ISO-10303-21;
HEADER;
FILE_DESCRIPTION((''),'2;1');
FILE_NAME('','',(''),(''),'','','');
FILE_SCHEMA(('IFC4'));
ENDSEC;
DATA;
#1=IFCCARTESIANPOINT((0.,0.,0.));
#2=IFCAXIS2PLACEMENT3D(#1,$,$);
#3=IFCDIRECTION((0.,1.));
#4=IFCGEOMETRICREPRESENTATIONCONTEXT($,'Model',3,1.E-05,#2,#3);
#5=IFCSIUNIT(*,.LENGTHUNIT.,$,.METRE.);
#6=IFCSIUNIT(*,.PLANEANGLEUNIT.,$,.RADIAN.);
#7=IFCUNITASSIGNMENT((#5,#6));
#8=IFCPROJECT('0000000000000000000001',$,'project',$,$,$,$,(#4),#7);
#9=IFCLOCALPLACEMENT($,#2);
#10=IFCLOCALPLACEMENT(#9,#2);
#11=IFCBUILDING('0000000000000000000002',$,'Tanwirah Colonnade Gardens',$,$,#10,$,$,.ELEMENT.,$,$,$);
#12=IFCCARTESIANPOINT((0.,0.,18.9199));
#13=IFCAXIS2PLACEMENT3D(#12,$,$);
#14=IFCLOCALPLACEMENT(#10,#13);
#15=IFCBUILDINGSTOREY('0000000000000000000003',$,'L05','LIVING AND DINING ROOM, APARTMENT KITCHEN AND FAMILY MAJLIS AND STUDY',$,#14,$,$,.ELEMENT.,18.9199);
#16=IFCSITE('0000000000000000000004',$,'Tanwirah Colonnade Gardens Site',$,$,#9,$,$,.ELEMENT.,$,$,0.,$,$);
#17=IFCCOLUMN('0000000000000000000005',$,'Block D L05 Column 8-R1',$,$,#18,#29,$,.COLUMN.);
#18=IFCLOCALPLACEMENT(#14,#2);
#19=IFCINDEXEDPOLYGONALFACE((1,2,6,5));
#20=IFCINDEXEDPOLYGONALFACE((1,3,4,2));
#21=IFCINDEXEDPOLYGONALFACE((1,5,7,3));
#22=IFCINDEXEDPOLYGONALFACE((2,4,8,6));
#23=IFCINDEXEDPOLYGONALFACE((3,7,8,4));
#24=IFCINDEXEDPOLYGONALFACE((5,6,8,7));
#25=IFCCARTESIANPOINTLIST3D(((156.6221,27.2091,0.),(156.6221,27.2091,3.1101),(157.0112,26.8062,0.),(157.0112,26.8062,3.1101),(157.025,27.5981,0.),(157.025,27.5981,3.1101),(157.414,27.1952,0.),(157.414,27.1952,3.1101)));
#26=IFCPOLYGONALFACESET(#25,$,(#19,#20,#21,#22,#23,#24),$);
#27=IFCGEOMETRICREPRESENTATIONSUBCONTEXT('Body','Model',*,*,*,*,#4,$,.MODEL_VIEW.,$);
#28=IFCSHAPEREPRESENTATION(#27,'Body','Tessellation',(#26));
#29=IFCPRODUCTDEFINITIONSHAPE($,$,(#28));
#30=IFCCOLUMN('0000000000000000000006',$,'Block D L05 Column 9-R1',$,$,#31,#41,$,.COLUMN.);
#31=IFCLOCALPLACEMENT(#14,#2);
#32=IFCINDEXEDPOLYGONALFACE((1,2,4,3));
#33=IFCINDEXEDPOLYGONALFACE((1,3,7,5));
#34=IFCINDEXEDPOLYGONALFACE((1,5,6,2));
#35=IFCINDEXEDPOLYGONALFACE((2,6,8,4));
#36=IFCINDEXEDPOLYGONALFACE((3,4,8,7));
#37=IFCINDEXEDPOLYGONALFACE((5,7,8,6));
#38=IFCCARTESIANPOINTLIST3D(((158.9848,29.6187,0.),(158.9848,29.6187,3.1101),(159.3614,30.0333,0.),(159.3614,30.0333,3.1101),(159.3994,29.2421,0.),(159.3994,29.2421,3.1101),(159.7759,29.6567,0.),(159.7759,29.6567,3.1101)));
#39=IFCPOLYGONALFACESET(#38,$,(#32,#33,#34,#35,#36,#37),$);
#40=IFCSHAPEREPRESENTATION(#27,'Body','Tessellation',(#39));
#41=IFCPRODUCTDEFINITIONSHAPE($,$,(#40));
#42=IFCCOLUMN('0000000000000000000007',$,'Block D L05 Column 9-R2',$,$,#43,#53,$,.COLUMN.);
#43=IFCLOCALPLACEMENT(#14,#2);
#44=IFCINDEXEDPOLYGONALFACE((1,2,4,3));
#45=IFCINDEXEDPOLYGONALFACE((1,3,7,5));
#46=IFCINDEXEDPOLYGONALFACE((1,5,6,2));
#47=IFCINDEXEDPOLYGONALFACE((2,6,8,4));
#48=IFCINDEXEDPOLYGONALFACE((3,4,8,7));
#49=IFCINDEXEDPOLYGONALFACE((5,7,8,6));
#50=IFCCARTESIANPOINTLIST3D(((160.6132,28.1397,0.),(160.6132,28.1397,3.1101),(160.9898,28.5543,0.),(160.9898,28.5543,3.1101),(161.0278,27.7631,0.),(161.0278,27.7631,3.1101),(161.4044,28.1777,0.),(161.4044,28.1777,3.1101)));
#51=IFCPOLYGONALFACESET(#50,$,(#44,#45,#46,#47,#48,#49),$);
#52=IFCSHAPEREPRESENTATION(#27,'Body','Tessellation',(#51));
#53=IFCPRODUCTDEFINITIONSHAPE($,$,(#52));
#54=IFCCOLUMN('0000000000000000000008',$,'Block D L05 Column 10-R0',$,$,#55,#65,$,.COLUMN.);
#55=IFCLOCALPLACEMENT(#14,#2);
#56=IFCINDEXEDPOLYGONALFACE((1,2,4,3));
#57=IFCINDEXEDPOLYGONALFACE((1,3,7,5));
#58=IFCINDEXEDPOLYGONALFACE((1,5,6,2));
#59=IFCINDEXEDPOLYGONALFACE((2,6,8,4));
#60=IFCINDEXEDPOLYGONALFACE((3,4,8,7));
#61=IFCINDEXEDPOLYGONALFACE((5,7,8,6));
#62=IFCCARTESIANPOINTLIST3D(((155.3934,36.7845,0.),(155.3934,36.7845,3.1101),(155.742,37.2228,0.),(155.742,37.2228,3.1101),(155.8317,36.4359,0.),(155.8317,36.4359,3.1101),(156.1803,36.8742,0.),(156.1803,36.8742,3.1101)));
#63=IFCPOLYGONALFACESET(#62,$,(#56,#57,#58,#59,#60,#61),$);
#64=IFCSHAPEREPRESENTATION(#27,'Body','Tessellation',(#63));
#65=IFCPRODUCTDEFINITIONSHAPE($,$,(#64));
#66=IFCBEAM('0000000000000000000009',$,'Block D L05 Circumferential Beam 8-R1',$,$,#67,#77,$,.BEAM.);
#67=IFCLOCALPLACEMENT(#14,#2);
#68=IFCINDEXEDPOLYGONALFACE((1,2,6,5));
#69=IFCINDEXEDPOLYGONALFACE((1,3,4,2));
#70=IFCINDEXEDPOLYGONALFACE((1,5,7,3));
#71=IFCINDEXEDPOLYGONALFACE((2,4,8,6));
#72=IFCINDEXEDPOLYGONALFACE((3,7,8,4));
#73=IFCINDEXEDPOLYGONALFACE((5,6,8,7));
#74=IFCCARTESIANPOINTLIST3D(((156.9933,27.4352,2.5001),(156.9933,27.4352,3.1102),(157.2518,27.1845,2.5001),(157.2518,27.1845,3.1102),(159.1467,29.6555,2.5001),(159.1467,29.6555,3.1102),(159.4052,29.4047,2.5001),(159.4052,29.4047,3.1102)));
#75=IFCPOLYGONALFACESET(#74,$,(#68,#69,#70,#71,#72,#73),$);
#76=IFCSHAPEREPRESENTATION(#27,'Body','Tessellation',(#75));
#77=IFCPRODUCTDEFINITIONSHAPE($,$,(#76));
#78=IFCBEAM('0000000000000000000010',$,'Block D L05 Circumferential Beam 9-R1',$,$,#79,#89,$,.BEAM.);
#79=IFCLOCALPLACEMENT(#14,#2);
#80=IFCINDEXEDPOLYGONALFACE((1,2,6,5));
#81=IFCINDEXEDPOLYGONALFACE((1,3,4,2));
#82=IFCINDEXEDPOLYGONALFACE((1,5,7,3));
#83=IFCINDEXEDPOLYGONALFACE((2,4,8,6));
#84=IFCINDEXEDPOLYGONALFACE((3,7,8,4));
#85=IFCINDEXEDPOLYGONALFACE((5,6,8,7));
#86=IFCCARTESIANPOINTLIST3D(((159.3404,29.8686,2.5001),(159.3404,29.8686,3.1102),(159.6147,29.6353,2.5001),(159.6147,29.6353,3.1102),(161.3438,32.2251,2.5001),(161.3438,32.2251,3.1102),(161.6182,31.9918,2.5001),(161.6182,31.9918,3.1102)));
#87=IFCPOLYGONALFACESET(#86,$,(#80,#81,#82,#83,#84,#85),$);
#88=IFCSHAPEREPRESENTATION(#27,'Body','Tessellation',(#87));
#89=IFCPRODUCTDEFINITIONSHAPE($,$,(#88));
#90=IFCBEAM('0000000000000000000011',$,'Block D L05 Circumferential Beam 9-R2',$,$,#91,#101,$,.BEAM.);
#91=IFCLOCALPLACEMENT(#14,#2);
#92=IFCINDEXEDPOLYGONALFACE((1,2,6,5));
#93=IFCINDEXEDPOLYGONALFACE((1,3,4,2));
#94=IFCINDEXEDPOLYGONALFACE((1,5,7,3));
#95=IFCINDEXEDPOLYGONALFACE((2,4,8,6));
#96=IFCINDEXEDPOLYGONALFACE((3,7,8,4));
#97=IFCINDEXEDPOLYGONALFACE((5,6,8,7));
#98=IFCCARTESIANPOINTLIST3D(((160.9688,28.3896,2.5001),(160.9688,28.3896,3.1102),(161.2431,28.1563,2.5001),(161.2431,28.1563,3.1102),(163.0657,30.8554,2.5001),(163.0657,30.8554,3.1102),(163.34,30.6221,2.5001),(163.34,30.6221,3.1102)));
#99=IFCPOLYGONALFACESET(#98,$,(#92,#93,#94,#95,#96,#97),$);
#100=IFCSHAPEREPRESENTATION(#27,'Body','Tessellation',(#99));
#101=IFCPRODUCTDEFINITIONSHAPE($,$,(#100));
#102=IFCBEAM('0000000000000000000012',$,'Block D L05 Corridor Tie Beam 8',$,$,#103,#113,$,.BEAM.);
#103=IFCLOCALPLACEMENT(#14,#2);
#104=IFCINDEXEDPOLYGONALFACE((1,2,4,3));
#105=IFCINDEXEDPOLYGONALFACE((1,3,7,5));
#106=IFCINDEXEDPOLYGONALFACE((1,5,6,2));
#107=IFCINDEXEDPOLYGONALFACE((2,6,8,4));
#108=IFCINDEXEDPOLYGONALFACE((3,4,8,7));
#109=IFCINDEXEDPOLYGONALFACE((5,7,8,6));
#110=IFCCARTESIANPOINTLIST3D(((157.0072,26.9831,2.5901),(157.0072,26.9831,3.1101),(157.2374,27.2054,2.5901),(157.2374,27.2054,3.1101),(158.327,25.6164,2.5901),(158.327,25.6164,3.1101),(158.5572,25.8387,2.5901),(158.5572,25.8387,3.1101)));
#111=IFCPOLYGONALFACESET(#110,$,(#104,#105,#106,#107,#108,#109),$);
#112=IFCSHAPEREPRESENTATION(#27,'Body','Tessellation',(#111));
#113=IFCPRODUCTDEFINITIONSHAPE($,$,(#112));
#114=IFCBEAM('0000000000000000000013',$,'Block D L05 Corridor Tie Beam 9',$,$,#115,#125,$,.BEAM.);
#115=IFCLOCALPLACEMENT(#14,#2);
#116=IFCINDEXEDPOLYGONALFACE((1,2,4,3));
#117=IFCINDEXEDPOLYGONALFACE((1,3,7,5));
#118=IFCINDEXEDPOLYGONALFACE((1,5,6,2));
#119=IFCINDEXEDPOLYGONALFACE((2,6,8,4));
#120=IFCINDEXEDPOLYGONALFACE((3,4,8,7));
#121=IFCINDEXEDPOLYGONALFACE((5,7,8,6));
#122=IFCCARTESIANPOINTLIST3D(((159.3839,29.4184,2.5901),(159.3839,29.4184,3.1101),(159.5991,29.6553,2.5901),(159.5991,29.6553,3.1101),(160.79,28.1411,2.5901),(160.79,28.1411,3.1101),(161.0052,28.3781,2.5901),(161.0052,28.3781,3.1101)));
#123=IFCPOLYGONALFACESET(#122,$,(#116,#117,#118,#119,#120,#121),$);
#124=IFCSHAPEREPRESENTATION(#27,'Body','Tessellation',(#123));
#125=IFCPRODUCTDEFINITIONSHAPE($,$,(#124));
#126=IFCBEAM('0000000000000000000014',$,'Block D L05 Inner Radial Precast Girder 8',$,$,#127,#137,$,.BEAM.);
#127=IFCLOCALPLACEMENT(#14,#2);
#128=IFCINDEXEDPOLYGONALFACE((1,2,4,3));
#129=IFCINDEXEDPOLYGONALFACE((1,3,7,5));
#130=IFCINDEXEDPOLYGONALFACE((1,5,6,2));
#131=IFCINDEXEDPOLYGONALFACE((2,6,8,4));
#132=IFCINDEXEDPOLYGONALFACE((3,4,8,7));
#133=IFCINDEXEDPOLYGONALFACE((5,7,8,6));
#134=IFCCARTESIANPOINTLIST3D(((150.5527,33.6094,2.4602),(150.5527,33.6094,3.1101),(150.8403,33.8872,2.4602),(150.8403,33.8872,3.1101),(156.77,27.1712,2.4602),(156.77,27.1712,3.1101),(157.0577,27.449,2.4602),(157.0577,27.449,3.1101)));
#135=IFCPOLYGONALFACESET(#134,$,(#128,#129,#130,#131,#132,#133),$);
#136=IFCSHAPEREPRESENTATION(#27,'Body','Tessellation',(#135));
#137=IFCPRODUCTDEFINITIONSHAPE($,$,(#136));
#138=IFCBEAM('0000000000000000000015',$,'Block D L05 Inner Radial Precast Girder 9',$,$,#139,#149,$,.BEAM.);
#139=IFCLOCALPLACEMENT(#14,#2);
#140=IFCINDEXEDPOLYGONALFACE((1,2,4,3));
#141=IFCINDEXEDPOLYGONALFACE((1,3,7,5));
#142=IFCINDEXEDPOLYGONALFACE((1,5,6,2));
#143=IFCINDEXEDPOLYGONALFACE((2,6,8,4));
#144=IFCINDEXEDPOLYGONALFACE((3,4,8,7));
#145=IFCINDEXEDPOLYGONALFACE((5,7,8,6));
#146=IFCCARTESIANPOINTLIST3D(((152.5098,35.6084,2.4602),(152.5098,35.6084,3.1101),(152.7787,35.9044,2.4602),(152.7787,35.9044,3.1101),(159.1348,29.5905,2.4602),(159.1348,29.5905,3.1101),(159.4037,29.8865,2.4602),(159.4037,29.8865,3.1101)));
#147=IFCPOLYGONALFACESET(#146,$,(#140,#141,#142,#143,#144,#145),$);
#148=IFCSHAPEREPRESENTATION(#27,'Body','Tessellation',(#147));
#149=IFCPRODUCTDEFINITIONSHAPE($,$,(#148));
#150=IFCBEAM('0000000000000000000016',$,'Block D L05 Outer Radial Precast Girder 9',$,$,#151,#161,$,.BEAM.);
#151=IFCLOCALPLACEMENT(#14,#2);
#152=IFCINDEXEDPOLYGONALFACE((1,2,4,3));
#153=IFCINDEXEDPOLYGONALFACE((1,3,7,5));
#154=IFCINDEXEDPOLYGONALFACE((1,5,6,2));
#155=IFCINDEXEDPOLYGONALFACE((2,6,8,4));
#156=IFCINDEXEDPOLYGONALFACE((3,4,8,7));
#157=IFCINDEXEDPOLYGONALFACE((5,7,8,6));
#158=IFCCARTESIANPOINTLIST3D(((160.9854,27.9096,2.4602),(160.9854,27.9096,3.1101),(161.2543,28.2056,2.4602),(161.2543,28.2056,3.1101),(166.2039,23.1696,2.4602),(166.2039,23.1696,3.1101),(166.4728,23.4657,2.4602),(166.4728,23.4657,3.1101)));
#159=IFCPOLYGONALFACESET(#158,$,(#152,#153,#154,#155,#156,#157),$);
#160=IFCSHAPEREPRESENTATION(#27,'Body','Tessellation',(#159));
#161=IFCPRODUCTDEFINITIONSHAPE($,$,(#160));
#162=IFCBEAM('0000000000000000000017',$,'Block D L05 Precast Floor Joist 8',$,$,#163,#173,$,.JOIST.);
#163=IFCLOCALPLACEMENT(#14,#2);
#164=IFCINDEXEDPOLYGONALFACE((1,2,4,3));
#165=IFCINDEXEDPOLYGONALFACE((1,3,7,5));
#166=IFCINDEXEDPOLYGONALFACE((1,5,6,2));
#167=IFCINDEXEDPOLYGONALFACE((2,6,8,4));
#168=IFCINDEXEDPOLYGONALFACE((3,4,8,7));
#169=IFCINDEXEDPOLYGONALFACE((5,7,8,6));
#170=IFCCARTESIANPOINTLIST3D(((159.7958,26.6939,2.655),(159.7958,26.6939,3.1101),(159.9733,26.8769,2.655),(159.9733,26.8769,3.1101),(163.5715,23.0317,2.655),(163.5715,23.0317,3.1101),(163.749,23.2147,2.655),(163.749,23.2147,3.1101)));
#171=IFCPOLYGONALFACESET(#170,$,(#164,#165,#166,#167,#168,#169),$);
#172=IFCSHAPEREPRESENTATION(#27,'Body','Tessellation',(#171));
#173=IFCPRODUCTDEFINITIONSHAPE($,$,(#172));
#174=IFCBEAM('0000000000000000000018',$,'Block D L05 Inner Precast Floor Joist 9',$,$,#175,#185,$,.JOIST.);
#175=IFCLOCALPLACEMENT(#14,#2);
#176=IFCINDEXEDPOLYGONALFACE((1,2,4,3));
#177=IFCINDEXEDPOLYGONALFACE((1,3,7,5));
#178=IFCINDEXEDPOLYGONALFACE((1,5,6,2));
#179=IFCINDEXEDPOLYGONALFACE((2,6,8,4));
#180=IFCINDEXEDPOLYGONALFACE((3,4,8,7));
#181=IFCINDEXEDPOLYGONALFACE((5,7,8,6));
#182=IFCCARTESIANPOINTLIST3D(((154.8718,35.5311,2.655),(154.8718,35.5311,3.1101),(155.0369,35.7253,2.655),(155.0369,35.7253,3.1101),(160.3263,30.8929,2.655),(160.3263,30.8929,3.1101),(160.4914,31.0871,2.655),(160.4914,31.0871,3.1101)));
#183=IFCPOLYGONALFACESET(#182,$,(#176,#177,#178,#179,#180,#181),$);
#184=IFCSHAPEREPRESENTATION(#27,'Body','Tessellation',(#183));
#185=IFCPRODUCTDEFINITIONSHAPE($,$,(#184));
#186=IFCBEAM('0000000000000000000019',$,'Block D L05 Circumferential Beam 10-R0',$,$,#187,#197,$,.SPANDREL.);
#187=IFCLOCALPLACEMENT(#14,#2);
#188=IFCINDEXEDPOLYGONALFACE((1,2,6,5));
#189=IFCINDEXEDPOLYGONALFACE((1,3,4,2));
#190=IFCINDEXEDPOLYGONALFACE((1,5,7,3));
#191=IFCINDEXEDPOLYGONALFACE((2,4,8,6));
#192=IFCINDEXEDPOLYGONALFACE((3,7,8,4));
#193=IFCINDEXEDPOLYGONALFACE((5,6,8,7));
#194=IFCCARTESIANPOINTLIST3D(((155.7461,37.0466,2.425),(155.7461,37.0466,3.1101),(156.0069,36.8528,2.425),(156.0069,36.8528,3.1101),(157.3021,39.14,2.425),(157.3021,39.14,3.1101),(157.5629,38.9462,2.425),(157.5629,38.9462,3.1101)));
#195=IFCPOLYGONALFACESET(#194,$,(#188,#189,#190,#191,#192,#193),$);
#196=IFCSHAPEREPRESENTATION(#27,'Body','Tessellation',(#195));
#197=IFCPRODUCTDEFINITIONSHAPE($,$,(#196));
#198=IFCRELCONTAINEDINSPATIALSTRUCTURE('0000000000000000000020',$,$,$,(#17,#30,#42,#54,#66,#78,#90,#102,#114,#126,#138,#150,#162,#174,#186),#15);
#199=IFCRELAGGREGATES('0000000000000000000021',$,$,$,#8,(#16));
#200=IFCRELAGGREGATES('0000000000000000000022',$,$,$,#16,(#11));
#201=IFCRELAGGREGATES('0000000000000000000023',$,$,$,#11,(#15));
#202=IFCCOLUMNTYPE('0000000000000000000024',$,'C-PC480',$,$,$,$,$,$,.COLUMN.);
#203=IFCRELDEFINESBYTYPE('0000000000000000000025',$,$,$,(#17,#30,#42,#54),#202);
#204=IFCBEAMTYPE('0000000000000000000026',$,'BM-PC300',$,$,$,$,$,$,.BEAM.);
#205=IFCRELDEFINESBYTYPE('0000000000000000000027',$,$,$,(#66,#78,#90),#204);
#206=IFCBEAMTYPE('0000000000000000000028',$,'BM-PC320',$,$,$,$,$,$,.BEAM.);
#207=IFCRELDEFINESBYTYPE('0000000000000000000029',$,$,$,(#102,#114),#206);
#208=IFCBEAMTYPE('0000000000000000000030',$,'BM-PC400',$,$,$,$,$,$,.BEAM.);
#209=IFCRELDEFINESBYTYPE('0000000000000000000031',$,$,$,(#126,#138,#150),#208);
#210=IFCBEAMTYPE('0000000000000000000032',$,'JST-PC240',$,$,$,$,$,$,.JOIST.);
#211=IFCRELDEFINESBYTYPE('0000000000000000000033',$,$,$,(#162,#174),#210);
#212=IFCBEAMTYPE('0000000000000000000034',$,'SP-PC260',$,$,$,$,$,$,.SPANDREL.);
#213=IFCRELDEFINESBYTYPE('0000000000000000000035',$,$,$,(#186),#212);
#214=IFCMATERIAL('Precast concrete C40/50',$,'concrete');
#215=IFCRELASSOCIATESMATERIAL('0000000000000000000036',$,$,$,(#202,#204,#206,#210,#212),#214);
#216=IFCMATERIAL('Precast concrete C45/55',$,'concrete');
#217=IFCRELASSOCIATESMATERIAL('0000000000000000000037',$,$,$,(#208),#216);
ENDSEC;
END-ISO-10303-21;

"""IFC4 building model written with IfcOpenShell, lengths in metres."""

from ifc_helpers import new_model, si_unit, direction, frame, origin, origin_2d, place, context, subcontext, project, spatial, rectangle, extrude, material, material_profile, profile_set, type_object, element, save


model = new_model("IFC4")

# Units and contexts
model_context = context("Model", 3, precision=1e-05, world=origin(), true_north=direction((0.0, 1.0)))
body_context = subcontext(model_context, "Body", "Model", "MODEL_VIEW")
ifc_project = project(units=[si_unit("LENGTHUNIT", "METRE"), si_unit("PLANEANGLEUNIT", "RADIAN")], contexts=[model_context])

# Site, building, storey
site_placement = place(None, origin())
site = spatial("IfcSite", under=ifc_project, at=site_placement, Name="Tanwirah Colonnade Gardens Site", CompositionType="ELEMENT", RefElevation=0.0)
building_placement = place(site_placement, origin())
building = spatial("IfcBuilding", under=site, at=building_placement, Name="Tanwirah Colonnade Gardens", CompositionType="ELEMENT")
storey_placement = place(building_placement, frame((0.0, 0.0, 18.9199)))
storey = spatial("IfcBuildingStorey", under=building, at=storey_placement, Name="L05", Description="LIVING AND DINING ROOM, APARTMENT KITCHEN AND FAMILY MAJLIS AND STUDY", CompositionType="ELEMENT", Elevation=18.9199)

# Columns
ifc_material_1 = material(Name="Precast concrete C40/50", Category="concrete")
ifc_material_profile_1 = material_profile(ifc_material_1, rectangle(XDim=0.5601, YDim=0.5601, at=origin_2d()), Name="PC-COL 560x560")
ifc_profile_set_1 = profile_set([ifc_material_profile_1], Name="Precast concrete C40/50")
column_type = type_object("IfcColumnType", Name="C-PC480", PredefinedType="COLUMN", material=ifc_profile_set_1)
for number, where, z_axis, x_axis, name in (
    (1, (157.0181, 27.2021, 0.0), (0.0, 0.0, 1.0), (0.694658, -0.71934, 0.0), "Block D L05 Column 8-R1"),
    (2, (159.3804, 29.6377, 0.0), (0.0, 0.0, 1.0), (0.740218, -0.672367, 0.0), "Block D L05 Column 9-R1"),
    (3, (161.0088, 28.1587, 0.0), (0.0, 0.0, 1.0), (0.740218, -0.672367, 0.0), "Block D L05 Column 9-R2"),
    (4, (155.7869, 36.8293, 0.0), (0.0, 0.0, 1.0), (0.782608, -0.622515, 0.0), "Block D L05 Column 10-R0"),
):
    element("IfcColumn", number, at=place(storey_placement, frame(where, z_axis=z_axis, x_axis=x_axis)), inside=storey, type_object=column_type, Name=name, PredefinedType="COLUMN", context=body_context, shape_type="SweptSolid", body=[
        extrude(rectangle(XDim=0.5601, YDim=0.5601, at=origin_2d()), origin(), (0.0, 0.0, 1.0), 3.1101),
    ])

# Beams
ifc_material_profile_2 = material_profile(ifc_material_1, rectangle(XDim=0.3601, YDim=0.6101, at=origin_2d()), Name="PC-BM 360x610")
ifc_profile_set_2 = profile_set([ifc_material_profile_2], Name="Precast concrete C40/50")
beam_type_1 = type_object("IfcBeamType", Name="BM-PC300", PredefinedType="BEAM", material=ifc_profile_set_2)
for number, where, z_axis, x_axis, name in (
    (5, (157.1226, 27.3098, 2.8052), (0.69621, 0.717838, 0.0), (-0.717838, 0.69621, 0.0), "Block D L05 Circumferential Beam 8-R1"),
    (6, (159.4775, 29.752, 2.8052), (0.647731, 0.761869, 0.0), (-0.761869, 0.647731, 0.0), "Block D L05 Circumferential Beam 9-R1"),
):
    element("IfcBeam", number, at=place(storey_placement, frame(where, z_axis=z_axis, x_axis=x_axis)), inside=storey, type_object=beam_type_1, Name=name, PredefinedType="BEAM", context=body_context, shape_type="SweptSolid", body=[
        extrude(rectangle(XDim=0.3601, YDim=0.6101, at=origin_2d()), origin(), (0.0, 0.0, 1.0), 3.093),
    ])
beam_1_placement = place(storey_placement, frame((161.106, 28.2729, 2.8052), z_axis=(0.647824, 0.76179, 0.0), x_axis=(-0.76179, 0.647824, 0.0)))
element("IfcBeam", 7, at=beam_1_placement, inside=storey, type_object=beam_type_1, Name="Block D L05 Circumferential Beam 9-R2", PredefinedType="BEAM", context=body_context, shape_type="SweptSolid", body=[
    extrude(rectangle(XDim=0.3601, YDim=0.6101, at=origin_2d()), origin(), (0.0, 0.0, 1.0), 3.2368),
])
ifc_material_profile_3 = material_profile(ifc_material_1, rectangle(XDim=0.3201, YDim=0.52, at=origin_2d()), Name="PC-BM 320x520")
ifc_profile_set_3 = profile_set([ifc_material_profile_3], Name="Precast concrete C40/50")
beam_type_2 = type_object("IfcBeamType", Name="BM-PC320", PredefinedType="BEAM", material=ifc_profile_set_3)
beam_2_placement = place(storey_placement, frame((157.1223, 27.0942, 2.8501), z_axis=(0.694663, -0.719335, 0.0), x_axis=(0.719335, 0.694663, 0.0)))
element("IfcBeam", 8, at=beam_2_placement, inside=storey, type_object=beam_type_2, Name="Block D L05 Corridor Tie Beam 8", PredefinedType="BEAM", context=body_context, shape_type="SweptSolid", body=[
    extrude(rectangle(XDim=0.3201, YDim=0.52, at=origin_2d()), origin(), (0.0, 0.0, 1.0), 1.8999),
])
beam_3_placement = place(storey_placement, frame((159.4915, 29.5369, 2.8501), z_axis=(0.740219, -0.672366, 0.0), x_axis=(0.672366, 0.740219, 0.0)))
element("IfcBeam", 9, at=beam_3_placement, inside=storey, type_object=beam_type_2, Name="Block D L05 Corridor Tie Beam 9", PredefinedType="BEAM", context=body_context, shape_type="SweptSolid", body=[
    extrude(rectangle(XDim=0.3201, YDim=0.52, at=origin_2d()), origin(), (0.0, 0.0, 1.0), 1.8997),
])
ifc_material_2 = material(Name="Precast concrete C45/55", Category="concrete")
ifc_material_profile_4 = material_profile(ifc_material_2, rectangle(XDim=0.3999, YDim=0.6499, at=origin_2d()), Name="PC-BM 400x650")
ifc_profile_set_4 = profile_set([ifc_material_profile_4], Name="Precast concrete C45/55")
beam_type_3 = type_object("IfcBeamType", Name="BM-PC400", PredefinedType="BEAM", material=ifc_profile_set_4)
for number, where, z_axis, x_axis, name in (
    (10, (156.9138, 27.3101, 2.7852), (-0.694656, 0.719342, 0.0), (-0.719342, -0.694656, 0.0), "Block D L05 Inner Radial Precast Girder 8"),
    (11, (159.2693, 29.7385, 2.7852), (-0.740213, 0.672373, 0.0), (-0.672373, -0.740213, 0.0), "Block D L05 Inner Radial Precast Girder 9"),
):
    element("IfcBeam", number, at=place(storey_placement, frame(where, z_axis=z_axis, x_axis=x_axis)), inside=storey, type_object=beam_type_3, Name=name, PredefinedType="BEAM", context=body_context, shape_type="SweptSolid", body=[
        extrude(rectangle(XDim=0.3999, YDim=0.6499, at=origin_2d()), origin(), (0.0, 0.0, 1.0), 8.9502),
    ])
beam_4_placement = place(storey_placement, frame((161.1199, 28.0576, 2.7852), z_axis=(0.74023, -0.672354, 0.0), x_axis=(0.672354, 0.74023, 0.0)))
element("IfcBeam", 12, at=beam_4_placement, inside=storey, type_object=beam_type_3, Name="Block D L05 Outer Radial Precast Girder 9", PredefinedType="BEAM", context=body_context, shape_type="SweptSolid", body=[
    extrude(rectangle(XDim=0.3999, YDim=0.6499, at=origin_2d()), origin(), (0.0, 0.0, 1.0), 7.0498),
])
ifc_material_profile_5 = material_profile(ifc_material_1, rectangle(XDim=0.2549, YDim=0.4551, at=origin_2d()), Name="PC-JST 255x455")
ifc_profile_set_5 = profile_set([ifc_material_profile_5], Name="Precast concrete C40/50")
beam_type_4 = type_object("IfcBeamType", Name="JST-PC240", PredefinedType="JOIST", material=ifc_profile_set_5)
beam_5_placement = place(storey_placement, frame((159.8845, 26.7854, 2.8826), z_axis=(0.717816, -0.696233, 0.0), x_axis=(0.696233, 0.717816, 0.0)))
element("IfcBeam", 13, at=beam_5_placement, inside=storey, type_object=beam_type_4, Name="Block D L05 Precast Floor Joist 8", PredefinedType="JOIST", context=body_context, shape_type="SweptSolid", body=[
    extrude(rectangle(XDim=0.2549, YDim=0.4551, at=origin_2d()), origin(), (0.0, 0.0, 1.0), 5.26),
])
beam_6_placement = place(storey_placement, frame((154.9543, 35.6282, 2.8826), z_axis=(0.761816, -0.647793, 0.0), x_axis=(0.647793, 0.761816, 0.0)))
element("IfcBeam", 14, at=beam_6_placement, inside=storey, type_object=beam_type_4, Name="Block D L05 Inner Precast Floor Joist 9", PredefinedType="JOIST", context=body_context, shape_type="SweptSolid", body=[
    extrude(rectangle(XDim=0.2549, YDim=0.4551, at=origin_2d()), origin(), (0.0, 0.0, 1.0), 7.1599),
])
ifc_material_profile_6 = material_profile(ifc_material_1, rectangle(XDim=0.325, YDim=0.6851, at=origin_2d()), Name="PC-SP 325x685")
ifc_profile_set_6 = profile_set([ifc_material_profile_6], Name="Precast concrete C40/50")
beam_type_5 = type_object("IfcBeamType", Name="SP-PC260", PredefinedType="SPANDREL", material=ifc_profile_set_6)
beam_7_placement = place(storey_placement, frame((155.8765, 36.9497, 2.7676), z_axis=(0.596565, 0.802565, 0.0), x_axis=(-0.802565, 0.596565, 0.0)))
element("IfcBeam", 15, at=beam_7_placement, inside=storey, type_object=beam_type_5, Name="Block D L05 Circumferential Beam 10-R0", PredefinedType="SPANDREL", context=body_context, shape_type="SweptSolid", body=[
    extrude(rectangle(XDim=0.325, YDim=0.6851, at=origin_2d()), origin(), (0.0, 0.0, 1.0), 2.6084),
])

save(model, "model.ifc")
